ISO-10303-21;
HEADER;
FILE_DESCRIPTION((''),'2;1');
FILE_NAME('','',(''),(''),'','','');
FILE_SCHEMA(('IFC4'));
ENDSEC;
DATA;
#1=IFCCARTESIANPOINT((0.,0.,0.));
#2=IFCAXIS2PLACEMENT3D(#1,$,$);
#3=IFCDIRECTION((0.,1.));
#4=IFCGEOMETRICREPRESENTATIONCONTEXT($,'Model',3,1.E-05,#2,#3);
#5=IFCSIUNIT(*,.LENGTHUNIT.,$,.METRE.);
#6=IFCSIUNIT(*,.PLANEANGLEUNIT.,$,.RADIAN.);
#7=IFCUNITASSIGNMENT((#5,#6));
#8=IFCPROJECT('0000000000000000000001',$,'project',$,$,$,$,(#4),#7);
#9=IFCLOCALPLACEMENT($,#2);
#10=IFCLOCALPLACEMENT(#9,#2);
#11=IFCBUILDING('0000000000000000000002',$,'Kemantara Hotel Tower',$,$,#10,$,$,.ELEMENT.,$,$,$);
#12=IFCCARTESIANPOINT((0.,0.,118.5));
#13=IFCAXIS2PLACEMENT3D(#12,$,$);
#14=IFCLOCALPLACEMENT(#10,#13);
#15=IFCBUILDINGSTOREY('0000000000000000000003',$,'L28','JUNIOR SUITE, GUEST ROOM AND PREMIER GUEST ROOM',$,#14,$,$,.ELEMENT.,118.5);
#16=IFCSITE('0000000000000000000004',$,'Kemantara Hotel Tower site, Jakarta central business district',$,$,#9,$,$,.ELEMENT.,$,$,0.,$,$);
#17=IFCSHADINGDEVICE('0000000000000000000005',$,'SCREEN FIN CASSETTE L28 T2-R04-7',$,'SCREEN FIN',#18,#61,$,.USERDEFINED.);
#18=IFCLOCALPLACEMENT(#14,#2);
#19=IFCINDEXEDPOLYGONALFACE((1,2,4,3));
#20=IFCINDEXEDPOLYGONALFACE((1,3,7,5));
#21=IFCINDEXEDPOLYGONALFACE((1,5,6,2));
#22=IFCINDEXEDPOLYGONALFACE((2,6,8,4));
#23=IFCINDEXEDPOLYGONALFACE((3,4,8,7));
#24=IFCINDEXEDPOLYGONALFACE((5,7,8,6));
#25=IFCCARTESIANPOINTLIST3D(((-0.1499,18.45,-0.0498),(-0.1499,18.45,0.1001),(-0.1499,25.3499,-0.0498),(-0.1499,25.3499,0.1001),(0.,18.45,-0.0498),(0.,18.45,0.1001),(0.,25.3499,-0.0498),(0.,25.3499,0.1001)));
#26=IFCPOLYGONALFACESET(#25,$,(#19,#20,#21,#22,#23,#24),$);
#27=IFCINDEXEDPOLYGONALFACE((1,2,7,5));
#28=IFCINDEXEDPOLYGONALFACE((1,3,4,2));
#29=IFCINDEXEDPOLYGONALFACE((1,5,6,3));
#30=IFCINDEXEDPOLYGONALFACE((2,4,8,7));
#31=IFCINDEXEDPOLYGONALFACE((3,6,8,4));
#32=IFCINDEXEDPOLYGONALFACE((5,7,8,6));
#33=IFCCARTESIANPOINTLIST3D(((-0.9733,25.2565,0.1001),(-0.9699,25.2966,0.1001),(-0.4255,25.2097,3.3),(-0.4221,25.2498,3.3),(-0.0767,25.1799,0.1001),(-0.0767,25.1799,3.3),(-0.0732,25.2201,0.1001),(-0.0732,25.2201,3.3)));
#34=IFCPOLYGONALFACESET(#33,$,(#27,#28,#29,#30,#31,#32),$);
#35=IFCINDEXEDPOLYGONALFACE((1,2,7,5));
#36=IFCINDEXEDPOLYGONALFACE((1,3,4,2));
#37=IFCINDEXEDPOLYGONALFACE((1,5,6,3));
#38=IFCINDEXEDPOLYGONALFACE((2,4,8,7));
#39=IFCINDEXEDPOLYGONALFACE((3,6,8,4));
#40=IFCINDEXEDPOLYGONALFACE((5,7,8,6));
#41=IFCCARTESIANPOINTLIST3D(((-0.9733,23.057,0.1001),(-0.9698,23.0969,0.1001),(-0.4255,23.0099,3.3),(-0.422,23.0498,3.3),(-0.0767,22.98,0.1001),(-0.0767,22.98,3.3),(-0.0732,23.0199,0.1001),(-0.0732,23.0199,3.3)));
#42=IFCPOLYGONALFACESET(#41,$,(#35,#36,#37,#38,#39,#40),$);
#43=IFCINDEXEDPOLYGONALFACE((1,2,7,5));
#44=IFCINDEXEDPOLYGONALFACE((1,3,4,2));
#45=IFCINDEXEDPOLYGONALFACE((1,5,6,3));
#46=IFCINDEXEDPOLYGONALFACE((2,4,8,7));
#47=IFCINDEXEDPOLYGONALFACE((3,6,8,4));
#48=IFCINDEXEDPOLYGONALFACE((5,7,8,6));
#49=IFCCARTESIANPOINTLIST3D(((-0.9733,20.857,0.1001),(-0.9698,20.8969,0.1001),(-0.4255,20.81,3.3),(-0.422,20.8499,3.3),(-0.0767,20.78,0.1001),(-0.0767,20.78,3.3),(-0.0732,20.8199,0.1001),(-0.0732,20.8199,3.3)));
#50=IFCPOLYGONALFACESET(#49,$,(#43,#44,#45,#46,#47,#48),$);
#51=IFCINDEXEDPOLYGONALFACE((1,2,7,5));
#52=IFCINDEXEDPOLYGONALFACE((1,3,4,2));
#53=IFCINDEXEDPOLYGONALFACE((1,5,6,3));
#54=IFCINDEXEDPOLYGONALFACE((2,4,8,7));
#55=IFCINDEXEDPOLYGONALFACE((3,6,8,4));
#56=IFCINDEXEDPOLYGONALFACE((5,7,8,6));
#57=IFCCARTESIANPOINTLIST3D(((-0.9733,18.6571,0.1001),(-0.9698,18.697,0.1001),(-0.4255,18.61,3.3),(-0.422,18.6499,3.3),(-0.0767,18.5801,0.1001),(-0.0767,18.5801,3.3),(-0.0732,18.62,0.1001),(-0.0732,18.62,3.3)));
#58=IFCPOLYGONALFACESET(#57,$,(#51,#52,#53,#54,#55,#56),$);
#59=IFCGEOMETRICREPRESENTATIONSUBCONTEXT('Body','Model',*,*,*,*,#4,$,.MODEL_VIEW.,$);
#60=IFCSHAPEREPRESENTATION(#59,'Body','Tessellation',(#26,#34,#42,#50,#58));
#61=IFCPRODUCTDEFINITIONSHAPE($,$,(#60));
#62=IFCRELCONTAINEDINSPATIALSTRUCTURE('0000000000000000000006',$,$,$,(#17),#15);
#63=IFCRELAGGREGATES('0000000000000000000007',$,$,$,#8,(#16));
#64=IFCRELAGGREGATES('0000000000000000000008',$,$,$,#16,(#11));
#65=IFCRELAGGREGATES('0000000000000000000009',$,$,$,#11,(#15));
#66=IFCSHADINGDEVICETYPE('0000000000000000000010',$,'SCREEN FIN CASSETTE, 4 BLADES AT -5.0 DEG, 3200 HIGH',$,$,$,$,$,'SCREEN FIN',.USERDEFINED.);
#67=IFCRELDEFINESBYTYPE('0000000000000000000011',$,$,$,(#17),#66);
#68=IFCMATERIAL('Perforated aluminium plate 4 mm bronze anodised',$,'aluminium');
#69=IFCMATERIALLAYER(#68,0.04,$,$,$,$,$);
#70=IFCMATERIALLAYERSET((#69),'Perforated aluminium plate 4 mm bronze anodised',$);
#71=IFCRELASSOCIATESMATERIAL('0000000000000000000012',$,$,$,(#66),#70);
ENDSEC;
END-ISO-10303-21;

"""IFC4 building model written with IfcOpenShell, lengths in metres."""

from ifc_helpers import new_model, si_unit, direction, frame, origin, origin_2d, place, context, subcontext, project, spatial, polyline, rectangle, outline, extrude, source, transform, mapped, material, layer, layer_set, type_object, element, save


model = new_model("IFC4")

# Units and contexts
model_context = context("Model", 3, precision=1e-05, world=origin(), true_north=direction((0.0, 1.0)))
body_context = subcontext(model_context, "Body", "Model", "MODEL_VIEW")
ifc_project = project(units=[si_unit("LENGTHUNIT", "METRE"), si_unit("PLANEANGLEUNIT", "RADIAN")], contexts=[model_context])

# Site, building, storey
site_placement = place(None, origin())
site = spatial("IfcSite", under=ifc_project, at=site_placement, Name="Kemantara Hotel Tower site, Jakarta central business district", CompositionType="ELEMENT", RefElevation=0.0)
building_placement = place(site_placement, origin())
building = spatial("IfcBuilding", under=site, at=building_placement, Name="Kemantara Hotel Tower", CompositionType="ELEMENT")
storey_placement = place(building_placement, frame((0.0, 0.0, 118.5)))
storey = spatial("IfcBuildingStorey", under=building, at=storey_placement, Name="L28", Description="JUNIOR SUITE, GUEST ROOM AND PREMIER GUEST ROOM", CompositionType="ELEMENT", Elevation=118.5)

# Shading device
ifc_material_1 = material(Name="Perforated aluminium plate 4 mm bronze anodised", Category="aluminium")
ifc_layer_1 = layer(ifc_material_1, 0.04)
ifc_layer_set_1 = layer_set([ifc_layer_1], Name="Perforated aluminium plate 4 mm bronze anodised")
shading_device_type_1 = type_object("IfcShadingDeviceType", Name="SCREEN FIN CASSETTE, 4 BLADES AT -5.0 DEG, 3200 HIGH", ElementType="SCREEN FIN", PredefinedType="USERDEFINED", material=ifc_layer_set_1)
shared_shape_1 = source(origin(), body_context, "Body", "SweptSolid", [
    extrude(rectangle(XDim=6.8999, YDim=0.1499, at=origin_2d()), frame((3.3, -0.075, -0.1499), z_axis=(0.0, 0.0, 1.0), x_axis=(1.0, 0.0, 0.0)), (0.0, 0.0, 1.0), 0.1499),
    extrude(outline(polyline([(0.0, 0.0), (0.8999, 0.0), (0.3501, 3.2), (0.0, 3.2), (0.0, 0.0)])), frame((0.02, -0.0767, 0.0), z_axis=(-0.996376, 0.085056, 0.0), x_axis=(-0.085056, -0.996376, 0.0)), (0.0, 0.0, 1.0), 0.0403),
    extrude(outline(polyline([(0.0, 0.0), (0.8999, 0.0), (0.3501, 3.2), (0.0, 3.2), (0.0, 0.0)])), frame((2.22, -0.0767, 0.0), z_axis=(-0.996332, 0.085575, 0.0), x_axis=(-0.085575, -0.996332, 0.0)), (0.0, 0.0, 1.0), 0.04),
    extrude(outline(polyline([(0.0, 0.0), (0.8999, 0.0), (0.3501, 3.2), (0.0, 3.2), (0.0, 0.0)])), frame((4.4199, -0.0767, 0.0), z_axis=(-0.996332, 0.085575, 0.0), x_axis=(-0.085575, -0.996332, 0.0)), (0.0, 0.0, 1.0), 0.04),
    extrude(outline(polyline([(0.0, 0.0), (0.8999, 0.0), (0.3501, 3.2), (0.0, 3.2), (0.0, 0.0)])), frame((6.6199, -0.0767, 0.0), z_axis=(-0.996332, 0.085575, 0.0), x_axis=(-0.085575, -0.996332, 0.0)), (0.0, 0.0, 1.0), 0.04),
])
shading_device_1_placement = place(storey_placement, frame((0.0, 25.2, 0.1001), z_axis=(0.0, 0.0, 1.0), x_axis=(0.0, -1.0, 0.0)))
element("IfcShadingDevice", 1, at=shading_device_1_placement, inside=storey, type_object=shading_device_type_1, Name="SCREEN FIN CASSETTE L28 T2-R04-7", ObjectType="SCREEN FIN", PredefinedType="USERDEFINED", context=body_context, shape_type="MappedRepresentation", body=[
    mapped(shared_shape_1, transform((0.0, 0.0, 0.0))),
])

save(model, "model.ifc")
